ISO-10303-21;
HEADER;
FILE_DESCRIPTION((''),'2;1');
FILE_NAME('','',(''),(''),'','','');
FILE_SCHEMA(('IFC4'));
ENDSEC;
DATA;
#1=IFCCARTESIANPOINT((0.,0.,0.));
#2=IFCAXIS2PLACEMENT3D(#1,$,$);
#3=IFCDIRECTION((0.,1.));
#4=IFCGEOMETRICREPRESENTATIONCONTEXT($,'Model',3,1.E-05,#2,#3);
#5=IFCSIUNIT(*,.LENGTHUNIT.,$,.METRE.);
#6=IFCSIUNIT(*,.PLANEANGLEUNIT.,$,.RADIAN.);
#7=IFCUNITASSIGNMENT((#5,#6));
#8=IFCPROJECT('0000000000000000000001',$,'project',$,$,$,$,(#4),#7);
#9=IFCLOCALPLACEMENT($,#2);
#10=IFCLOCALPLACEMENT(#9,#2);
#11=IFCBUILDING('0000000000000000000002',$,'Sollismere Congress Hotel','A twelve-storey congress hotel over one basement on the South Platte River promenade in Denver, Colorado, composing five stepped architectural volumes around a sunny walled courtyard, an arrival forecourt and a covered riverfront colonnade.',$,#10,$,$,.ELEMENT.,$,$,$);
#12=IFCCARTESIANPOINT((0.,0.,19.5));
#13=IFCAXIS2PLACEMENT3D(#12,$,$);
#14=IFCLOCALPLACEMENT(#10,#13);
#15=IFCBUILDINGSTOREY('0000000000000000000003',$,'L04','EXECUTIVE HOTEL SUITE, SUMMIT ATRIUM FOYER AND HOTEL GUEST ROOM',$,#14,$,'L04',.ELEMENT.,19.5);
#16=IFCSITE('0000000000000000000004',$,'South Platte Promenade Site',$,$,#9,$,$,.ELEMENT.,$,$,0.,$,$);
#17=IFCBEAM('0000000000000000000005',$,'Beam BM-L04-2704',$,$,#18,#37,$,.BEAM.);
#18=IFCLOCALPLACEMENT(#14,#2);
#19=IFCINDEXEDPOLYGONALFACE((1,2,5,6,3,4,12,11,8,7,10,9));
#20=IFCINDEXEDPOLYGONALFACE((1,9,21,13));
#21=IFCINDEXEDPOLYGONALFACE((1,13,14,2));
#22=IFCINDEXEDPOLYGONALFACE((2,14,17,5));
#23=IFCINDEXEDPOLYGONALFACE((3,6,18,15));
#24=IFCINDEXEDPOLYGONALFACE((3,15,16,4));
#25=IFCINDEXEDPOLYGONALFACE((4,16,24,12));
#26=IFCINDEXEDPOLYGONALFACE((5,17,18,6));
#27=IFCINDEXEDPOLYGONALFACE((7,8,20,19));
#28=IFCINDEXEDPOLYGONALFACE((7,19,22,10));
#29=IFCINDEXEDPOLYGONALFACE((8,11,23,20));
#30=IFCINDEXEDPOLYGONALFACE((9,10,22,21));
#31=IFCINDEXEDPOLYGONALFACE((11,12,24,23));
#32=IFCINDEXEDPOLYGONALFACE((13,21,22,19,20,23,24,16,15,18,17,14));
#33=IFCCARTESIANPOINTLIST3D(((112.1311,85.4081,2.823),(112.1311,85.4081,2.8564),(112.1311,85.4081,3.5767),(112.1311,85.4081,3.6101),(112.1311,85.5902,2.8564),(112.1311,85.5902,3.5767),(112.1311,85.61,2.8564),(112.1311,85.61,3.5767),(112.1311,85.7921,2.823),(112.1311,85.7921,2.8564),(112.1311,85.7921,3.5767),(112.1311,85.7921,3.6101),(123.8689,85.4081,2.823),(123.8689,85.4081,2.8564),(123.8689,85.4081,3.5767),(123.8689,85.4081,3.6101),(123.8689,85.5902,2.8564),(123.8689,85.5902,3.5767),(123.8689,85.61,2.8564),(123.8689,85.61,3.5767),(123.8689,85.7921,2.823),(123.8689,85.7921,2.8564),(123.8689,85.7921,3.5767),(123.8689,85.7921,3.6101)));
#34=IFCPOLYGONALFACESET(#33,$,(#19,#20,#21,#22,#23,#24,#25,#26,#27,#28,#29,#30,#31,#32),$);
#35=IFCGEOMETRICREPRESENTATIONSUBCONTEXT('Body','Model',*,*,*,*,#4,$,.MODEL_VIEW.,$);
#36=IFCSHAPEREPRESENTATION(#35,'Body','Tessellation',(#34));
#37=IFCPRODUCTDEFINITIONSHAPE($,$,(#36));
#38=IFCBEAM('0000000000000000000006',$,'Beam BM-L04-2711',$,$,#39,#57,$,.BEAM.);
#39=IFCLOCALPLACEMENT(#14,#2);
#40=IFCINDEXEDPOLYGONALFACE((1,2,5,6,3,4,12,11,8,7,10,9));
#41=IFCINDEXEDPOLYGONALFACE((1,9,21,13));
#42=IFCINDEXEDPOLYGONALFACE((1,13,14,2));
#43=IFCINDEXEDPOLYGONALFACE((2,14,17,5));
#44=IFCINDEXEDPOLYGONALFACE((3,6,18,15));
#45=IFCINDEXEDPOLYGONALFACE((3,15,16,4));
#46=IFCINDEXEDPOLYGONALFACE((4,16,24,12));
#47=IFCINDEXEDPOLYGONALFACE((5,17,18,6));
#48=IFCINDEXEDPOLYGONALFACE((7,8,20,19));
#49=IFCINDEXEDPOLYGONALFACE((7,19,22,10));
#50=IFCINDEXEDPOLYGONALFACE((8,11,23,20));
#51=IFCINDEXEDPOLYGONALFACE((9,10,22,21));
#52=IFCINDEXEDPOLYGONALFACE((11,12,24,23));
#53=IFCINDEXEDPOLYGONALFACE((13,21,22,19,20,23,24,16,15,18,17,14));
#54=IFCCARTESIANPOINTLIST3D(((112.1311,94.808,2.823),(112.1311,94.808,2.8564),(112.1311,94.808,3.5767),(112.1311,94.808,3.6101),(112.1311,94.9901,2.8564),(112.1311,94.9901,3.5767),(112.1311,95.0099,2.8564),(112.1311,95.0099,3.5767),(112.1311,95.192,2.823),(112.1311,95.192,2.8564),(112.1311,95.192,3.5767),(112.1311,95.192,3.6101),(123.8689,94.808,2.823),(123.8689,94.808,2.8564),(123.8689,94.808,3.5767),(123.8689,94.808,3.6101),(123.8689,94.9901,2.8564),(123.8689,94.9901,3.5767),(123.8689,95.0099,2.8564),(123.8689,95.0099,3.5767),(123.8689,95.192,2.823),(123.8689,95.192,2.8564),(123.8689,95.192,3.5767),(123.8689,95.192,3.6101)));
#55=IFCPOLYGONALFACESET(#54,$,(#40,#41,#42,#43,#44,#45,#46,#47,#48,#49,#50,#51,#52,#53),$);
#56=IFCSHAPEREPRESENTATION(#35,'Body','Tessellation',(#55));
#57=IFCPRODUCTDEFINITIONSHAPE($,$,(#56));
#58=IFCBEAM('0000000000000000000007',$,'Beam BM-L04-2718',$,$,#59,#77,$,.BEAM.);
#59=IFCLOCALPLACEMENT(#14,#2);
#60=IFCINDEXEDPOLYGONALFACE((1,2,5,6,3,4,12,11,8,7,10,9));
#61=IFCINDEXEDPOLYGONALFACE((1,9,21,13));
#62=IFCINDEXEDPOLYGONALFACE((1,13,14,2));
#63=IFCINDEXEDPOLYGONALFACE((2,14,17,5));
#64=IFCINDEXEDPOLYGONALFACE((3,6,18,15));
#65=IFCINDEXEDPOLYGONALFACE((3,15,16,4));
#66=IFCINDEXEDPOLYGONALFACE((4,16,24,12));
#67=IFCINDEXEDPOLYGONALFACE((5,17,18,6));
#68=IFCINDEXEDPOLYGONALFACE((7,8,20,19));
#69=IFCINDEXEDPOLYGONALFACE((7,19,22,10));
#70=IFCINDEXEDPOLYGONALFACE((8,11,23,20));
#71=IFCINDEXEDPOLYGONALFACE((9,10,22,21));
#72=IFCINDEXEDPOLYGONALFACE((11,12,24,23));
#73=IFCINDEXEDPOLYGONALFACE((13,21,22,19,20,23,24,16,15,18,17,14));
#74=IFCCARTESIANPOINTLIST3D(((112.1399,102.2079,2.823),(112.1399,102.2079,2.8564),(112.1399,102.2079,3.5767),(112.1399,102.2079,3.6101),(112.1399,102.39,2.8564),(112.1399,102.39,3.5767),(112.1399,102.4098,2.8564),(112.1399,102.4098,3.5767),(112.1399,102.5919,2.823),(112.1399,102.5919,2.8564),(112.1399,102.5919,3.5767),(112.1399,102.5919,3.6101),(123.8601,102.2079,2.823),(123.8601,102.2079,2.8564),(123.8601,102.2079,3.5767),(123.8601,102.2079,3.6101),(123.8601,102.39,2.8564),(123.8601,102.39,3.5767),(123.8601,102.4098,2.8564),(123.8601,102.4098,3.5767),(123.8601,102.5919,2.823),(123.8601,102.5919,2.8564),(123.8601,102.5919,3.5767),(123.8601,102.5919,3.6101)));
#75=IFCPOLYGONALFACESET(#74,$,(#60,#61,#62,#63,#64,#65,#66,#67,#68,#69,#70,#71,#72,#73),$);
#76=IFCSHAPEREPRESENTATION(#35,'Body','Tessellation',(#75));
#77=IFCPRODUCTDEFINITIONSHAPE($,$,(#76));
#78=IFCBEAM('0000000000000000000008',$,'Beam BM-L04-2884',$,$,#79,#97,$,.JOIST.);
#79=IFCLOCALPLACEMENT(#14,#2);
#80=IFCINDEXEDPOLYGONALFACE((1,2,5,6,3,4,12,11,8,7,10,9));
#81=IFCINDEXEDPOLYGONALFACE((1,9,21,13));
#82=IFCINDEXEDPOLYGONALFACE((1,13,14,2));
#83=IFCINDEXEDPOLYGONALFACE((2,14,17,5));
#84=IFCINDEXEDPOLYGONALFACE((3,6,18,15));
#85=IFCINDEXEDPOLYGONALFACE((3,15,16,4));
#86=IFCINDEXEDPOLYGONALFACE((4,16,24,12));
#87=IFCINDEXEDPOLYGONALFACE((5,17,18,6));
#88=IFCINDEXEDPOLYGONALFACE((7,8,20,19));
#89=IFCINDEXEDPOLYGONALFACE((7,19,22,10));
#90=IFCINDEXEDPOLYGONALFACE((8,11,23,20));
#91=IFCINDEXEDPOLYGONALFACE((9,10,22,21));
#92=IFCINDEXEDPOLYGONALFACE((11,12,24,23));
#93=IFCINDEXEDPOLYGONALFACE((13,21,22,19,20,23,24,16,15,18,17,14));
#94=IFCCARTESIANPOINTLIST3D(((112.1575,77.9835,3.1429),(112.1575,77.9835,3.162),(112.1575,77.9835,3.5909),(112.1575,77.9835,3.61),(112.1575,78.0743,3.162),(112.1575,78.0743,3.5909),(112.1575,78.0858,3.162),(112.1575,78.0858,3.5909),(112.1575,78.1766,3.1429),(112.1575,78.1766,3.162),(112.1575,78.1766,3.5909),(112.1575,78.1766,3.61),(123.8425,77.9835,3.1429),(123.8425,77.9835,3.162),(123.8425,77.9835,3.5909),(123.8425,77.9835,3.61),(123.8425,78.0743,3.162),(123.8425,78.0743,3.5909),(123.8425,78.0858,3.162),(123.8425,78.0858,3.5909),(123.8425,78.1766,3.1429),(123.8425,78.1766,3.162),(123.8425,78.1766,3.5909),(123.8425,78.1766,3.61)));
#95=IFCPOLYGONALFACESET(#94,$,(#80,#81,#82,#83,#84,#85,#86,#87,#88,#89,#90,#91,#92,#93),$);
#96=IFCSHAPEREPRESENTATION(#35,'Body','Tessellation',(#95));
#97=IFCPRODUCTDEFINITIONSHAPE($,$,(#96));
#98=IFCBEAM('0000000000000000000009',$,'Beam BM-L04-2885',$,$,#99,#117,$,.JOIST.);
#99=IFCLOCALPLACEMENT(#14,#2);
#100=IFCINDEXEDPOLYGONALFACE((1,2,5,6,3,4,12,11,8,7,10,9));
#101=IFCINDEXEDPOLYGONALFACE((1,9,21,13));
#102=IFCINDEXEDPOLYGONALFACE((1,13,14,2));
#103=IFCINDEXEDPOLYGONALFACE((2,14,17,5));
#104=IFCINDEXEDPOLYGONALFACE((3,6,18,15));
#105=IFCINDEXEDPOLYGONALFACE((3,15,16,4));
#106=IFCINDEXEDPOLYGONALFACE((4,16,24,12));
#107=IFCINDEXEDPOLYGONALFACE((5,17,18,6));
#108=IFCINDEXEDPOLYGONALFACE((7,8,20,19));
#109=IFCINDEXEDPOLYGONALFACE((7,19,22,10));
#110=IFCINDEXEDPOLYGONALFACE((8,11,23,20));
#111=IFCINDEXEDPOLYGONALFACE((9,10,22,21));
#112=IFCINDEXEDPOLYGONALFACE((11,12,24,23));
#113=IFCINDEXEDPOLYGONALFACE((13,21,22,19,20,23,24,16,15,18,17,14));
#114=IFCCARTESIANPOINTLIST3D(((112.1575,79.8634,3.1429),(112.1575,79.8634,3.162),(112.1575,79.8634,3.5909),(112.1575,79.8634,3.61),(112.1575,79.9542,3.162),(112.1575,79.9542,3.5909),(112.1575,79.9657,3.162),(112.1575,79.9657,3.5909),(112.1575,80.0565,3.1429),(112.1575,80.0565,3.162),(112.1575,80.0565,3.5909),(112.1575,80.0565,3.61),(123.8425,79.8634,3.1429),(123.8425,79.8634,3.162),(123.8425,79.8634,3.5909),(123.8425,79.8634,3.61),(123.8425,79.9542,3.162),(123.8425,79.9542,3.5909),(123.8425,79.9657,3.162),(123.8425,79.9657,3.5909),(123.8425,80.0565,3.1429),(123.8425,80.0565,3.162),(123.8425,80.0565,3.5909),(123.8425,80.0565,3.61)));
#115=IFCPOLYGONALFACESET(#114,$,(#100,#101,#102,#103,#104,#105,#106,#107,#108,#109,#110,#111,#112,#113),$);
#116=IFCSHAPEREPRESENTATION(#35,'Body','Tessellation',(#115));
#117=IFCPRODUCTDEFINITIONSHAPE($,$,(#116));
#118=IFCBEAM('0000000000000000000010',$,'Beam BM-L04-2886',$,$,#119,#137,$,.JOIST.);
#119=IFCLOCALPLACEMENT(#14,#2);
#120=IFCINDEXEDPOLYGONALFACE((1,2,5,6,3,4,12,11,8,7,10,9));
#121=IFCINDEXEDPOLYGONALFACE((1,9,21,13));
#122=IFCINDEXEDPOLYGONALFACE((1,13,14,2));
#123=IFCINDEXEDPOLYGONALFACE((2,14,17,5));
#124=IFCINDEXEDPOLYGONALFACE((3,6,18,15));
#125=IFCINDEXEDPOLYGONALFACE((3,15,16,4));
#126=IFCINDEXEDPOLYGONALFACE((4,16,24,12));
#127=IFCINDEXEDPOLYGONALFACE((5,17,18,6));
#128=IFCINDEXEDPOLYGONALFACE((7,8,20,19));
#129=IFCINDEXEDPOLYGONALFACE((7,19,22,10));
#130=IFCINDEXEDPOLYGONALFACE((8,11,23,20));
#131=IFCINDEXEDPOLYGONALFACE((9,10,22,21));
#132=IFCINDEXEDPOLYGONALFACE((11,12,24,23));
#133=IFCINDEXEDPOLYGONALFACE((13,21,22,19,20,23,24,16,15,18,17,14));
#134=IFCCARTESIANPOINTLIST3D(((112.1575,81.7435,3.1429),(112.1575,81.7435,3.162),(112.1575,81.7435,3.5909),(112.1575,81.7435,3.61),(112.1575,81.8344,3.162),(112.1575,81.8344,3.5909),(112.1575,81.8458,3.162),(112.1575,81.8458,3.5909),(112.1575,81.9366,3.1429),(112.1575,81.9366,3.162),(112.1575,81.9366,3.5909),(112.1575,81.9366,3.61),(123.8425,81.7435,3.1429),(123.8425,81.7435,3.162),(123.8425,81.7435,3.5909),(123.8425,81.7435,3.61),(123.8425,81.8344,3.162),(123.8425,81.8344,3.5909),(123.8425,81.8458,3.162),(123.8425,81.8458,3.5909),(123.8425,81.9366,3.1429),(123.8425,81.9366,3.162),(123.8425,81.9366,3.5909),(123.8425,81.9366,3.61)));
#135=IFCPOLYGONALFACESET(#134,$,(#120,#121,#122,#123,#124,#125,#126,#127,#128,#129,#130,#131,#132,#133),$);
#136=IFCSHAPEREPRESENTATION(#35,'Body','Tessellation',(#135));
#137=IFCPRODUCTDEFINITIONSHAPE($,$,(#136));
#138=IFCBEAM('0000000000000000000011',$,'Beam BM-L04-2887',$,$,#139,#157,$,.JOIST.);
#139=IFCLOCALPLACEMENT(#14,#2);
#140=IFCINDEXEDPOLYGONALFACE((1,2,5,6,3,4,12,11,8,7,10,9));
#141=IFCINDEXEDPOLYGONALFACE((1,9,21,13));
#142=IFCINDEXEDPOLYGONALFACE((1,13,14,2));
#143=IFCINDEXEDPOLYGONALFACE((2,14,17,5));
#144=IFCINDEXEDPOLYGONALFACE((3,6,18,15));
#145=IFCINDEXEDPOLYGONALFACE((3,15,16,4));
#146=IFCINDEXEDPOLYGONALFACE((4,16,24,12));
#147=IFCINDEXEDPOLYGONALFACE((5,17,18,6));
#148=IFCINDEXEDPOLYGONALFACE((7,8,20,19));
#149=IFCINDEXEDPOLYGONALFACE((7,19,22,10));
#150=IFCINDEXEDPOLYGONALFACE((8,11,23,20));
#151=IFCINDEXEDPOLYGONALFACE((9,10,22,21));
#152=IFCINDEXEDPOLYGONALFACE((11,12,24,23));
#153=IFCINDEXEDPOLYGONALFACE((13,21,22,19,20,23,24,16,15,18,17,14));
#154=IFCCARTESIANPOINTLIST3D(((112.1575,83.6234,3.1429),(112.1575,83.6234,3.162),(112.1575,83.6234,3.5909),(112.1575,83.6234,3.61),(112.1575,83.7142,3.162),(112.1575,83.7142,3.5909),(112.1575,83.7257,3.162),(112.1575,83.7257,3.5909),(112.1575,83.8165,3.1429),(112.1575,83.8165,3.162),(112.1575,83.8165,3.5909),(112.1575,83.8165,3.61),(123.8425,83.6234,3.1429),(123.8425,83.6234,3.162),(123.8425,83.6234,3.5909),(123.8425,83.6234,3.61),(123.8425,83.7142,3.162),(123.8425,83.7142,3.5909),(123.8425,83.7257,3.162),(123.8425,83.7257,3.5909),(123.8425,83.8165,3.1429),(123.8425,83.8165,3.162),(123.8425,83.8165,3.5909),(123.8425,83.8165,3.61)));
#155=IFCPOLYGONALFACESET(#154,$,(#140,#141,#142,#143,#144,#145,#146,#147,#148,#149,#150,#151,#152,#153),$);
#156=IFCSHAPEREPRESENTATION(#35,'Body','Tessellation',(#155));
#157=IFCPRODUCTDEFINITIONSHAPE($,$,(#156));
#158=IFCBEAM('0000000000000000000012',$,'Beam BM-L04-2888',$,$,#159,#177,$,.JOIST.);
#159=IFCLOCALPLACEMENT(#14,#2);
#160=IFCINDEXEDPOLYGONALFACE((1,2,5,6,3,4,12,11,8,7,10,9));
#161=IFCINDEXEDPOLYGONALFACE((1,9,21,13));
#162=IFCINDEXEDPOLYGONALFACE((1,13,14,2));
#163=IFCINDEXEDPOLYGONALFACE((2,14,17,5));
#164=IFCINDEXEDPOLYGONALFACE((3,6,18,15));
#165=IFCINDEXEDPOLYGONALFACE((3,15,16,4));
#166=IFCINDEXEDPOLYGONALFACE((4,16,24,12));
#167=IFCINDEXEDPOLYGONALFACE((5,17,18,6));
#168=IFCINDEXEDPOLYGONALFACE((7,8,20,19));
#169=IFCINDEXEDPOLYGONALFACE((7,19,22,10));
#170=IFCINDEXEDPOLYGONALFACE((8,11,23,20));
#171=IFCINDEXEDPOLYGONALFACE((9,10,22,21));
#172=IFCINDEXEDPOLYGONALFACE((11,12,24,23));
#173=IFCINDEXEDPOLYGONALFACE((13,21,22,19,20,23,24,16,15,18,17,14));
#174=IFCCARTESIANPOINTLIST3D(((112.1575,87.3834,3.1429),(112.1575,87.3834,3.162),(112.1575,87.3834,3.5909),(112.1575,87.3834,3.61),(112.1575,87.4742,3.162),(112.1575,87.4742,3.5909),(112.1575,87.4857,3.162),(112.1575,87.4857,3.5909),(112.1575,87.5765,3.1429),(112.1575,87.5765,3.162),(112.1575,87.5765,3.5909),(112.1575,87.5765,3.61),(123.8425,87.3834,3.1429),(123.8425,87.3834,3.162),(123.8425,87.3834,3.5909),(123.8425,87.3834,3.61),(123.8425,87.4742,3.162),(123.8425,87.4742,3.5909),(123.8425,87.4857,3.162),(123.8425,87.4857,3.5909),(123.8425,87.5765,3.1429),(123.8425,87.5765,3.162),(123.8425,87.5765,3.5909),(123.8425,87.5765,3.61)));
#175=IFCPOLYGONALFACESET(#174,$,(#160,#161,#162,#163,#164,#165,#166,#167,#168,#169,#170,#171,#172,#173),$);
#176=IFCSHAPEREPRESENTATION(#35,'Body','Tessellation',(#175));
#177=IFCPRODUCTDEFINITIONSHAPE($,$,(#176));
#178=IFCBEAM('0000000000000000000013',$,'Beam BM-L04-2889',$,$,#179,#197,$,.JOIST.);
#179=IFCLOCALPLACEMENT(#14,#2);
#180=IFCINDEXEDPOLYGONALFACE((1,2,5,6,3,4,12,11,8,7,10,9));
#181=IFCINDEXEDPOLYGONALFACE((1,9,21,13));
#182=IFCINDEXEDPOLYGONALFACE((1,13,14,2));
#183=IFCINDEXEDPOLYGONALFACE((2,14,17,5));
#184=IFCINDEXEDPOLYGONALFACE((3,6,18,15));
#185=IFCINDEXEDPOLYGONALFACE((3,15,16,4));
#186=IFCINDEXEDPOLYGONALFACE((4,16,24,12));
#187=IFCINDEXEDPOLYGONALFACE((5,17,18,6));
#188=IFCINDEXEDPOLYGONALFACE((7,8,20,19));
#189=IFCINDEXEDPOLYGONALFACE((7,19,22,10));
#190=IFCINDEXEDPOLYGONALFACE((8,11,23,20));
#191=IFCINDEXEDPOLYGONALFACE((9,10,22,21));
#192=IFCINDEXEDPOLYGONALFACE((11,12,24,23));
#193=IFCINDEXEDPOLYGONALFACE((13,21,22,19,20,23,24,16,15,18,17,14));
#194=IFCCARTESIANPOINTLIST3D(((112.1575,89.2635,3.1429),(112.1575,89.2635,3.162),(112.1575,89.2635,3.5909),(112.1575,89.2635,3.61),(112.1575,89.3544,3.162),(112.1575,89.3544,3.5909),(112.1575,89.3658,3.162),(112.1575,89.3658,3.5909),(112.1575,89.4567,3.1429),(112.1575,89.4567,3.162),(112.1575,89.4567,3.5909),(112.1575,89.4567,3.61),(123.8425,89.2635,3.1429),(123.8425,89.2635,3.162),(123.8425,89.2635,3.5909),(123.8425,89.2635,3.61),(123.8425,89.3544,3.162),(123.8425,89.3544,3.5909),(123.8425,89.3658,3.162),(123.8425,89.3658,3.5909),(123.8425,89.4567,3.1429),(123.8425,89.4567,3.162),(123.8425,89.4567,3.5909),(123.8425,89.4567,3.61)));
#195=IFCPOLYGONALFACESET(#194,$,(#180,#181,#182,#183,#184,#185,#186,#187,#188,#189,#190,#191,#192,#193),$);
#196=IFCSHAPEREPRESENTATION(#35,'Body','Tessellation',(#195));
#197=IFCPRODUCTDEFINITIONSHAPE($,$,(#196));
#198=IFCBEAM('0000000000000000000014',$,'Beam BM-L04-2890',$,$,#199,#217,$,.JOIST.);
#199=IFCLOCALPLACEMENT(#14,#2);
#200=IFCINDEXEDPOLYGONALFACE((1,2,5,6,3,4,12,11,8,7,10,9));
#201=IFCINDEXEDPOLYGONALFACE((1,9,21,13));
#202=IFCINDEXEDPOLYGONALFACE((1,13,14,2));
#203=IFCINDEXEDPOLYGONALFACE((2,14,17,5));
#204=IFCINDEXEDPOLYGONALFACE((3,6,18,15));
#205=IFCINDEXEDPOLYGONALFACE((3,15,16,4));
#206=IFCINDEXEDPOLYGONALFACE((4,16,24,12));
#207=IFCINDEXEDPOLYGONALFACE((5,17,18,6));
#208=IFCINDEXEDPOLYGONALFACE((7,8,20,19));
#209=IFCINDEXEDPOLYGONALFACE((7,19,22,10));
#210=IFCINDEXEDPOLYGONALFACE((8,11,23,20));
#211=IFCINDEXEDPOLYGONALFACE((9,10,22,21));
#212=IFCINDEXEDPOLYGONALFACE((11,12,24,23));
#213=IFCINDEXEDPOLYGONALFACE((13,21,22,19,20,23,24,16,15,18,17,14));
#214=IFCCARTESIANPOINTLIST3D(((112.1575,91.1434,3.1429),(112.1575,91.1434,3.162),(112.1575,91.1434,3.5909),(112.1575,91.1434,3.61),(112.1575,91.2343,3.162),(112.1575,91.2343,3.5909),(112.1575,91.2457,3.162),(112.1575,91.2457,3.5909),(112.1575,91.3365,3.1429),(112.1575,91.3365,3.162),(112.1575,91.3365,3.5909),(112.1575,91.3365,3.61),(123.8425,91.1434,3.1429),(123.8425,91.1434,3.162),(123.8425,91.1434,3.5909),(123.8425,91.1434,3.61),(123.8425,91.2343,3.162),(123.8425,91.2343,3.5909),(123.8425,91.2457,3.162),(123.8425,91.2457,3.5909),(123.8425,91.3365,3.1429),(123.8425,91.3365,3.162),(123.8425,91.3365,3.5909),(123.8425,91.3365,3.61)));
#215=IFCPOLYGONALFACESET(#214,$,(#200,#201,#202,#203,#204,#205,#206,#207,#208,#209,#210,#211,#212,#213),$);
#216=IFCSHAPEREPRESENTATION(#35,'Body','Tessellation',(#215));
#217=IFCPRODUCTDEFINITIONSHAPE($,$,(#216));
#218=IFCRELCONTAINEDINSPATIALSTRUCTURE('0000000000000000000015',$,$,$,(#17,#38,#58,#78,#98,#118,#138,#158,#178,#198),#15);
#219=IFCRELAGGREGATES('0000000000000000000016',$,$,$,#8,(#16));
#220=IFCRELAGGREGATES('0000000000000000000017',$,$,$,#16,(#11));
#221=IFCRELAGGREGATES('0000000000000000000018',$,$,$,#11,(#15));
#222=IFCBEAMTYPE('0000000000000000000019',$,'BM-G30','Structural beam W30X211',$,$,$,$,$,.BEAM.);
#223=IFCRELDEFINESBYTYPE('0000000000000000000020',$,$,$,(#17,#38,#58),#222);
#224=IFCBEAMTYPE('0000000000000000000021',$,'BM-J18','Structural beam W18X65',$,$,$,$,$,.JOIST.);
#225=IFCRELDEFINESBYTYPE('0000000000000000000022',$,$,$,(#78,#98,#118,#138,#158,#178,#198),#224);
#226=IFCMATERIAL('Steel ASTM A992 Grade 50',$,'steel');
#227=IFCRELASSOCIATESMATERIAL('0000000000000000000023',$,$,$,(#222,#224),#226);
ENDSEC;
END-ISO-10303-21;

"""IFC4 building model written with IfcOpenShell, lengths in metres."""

from ifc_helpers import new_model, si_unit, direction, frame, origin, origin_2d, place, context, subcontext, project, spatial, i_section, extrude, material, material_profile, profile_set, type_object, element, save


model = new_model("IFC4")

# Units and contexts
model_context = context("Model", 3, precision=1e-05, world=origin(), true_north=direction((0.0, 1.0)))
body_context = subcontext(model_context, "Body", "Model", "MODEL_VIEW")
ifc_project = project(units=[si_unit("LENGTHUNIT", "METRE"), si_unit("PLANEANGLEUNIT", "RADIAN")], contexts=[model_context])

# Site, building, storey
site_placement = place(None, origin())
site = spatial("IfcSite", under=ifc_project, at=site_placement, Name="South Platte Promenade Site", CompositionType="ELEMENT", RefElevation=0.0)
building_placement = place(site_placement, origin())
building = spatial("IfcBuilding", under=site, at=building_placement, Name="Sollismere Congress Hotel", Description="A twelve-storey congress hotel over one basement on the South Platte River promenade in Denver, Colorado, composing five stepped architectural volumes around a sunny walled courtyard, an arrival forecourt and a covered riverfront colonnade.", CompositionType="ELEMENT")
storey_placement = place(building_placement, frame((0.0, 0.0, 19.5)))
storey = spatial("IfcBuildingStorey", under=building, at=storey_placement, Name="L04", Description="EXECUTIVE HOTEL SUITE, SUMMIT ATRIUM FOYER AND HOTEL GUEST ROOM", LongName="L04", CompositionType="ELEMENT", Elevation=19.5)

# Shared definitions
ifc_material_1 = material(Name="Steel ASTM A992 Grade 50", Category="steel")

# Beams
ifc_material_profile_1 = material_profile(ifc_material_1, i_section(OverallWidth=0.384, OverallDepth=0.7871, WebThickness=0.0198, FlangeThickness=0.0334, at=origin_2d()), Name="W30X211")
ifc_profile_set_1 = profile_set([ifc_material_profile_1], Name="Steel ASTM A992 Grade 50")
beam_type_1 = type_object("IfcBeamType", Name="BM-G30", Description="Structural beam W30X211", PredefinedType="BEAM", material=ifc_profile_set_1)
for number, where, z_axis, x_axis, name in (
    (1, (112.1311, 85.6001, 3.2166), (1.0, 0.0, 0.0), (0.0, 1.0, 0.0), "Beam BM-L04-2704"),
    (2, (112.1311, 95.0, 3.2166), (1.0, 0.0, 0.0), (0.0, 1.0, 0.0), "Beam BM-L04-2711"),
):
    element("IfcBeam", number, at=place(storey_placement, frame(where, z_axis=z_axis, x_axis=x_axis)), inside=storey, type_object=beam_type_1, Name=name, PredefinedType="BEAM", context=body_context, shape_type="SweptSolid", body=[
        extrude(i_section(OverallWidth=0.384, OverallDepth=0.7871, WebThickness=0.0198, FlangeThickness=0.0334, at=origin_2d()), origin(), (0.0, 0.0, 1.0), 11.7378),
    ])
beam_1_placement = place(storey_placement, frame((112.1399, 102.3999, 3.2166), z_axis=(1.0, 0.0, 0.0), x_axis=(0.0, 1.0, 0.0)))
element("IfcBeam", 3, at=beam_1_placement, inside=storey, type_object=beam_type_1, Name="Beam BM-L04-2718", PredefinedType="BEAM", context=body_context, shape_type="SweptSolid", body=[
    extrude(i_section(OverallWidth=0.384, OverallDepth=0.7871, WebThickness=0.0198, FlangeThickness=0.0334, at=origin_2d()), origin(), (0.0, 0.0, 1.0), 11.7202),
])
ifc_material_profile_2 = material_profile(ifc_material_1, i_section(OverallWidth=0.1931, OverallDepth=0.467, WebThickness=0.0115, FlangeThickness=0.019, at=origin_2d()), Name="W18X65")
ifc_profile_set_2 = profile_set([ifc_material_profile_2], Name="Steel ASTM A992 Grade 50")
beam_type_2 = type_object("IfcBeamType", Name="BM-J18", Description="Structural beam W18X65", PredefinedType="JOIST", material=ifc_profile_set_2)
for number, where, z_axis, x_axis, name in (
    (4, (112.1575, 78.0801, 3.3765), (1.0, 0.0, 0.0), (0.0, 1.0, 0.0), "Beam BM-L04-2884"),
    (5, (112.1575, 79.96, 3.3765), (1.0, 0.0, 0.0), (0.0, 1.0, 0.0), "Beam BM-L04-2885"),
    (6, (112.1575, 81.8401, 3.3765), (1.0, 0.0, 0.0), (0.0, 1.0, 0.0), "Beam BM-L04-2886"),
    (7, (112.1575, 83.72, 3.3765), (1.0, 0.0, 0.0), (0.0, 1.0, 0.0), "Beam BM-L04-2887"),
    (8, (112.1575, 87.48, 3.3765), (1.0, 0.0, 0.0), (0.0, 1.0, 0.0), "Beam BM-L04-2888"),
    (9, (112.1575, 89.3601, 3.3765), (1.0, 0.0, 0.0), (0.0, 1.0, 0.0), "Beam BM-L04-2889"),
    (10, (112.1575, 91.24, 3.3765), (1.0, 0.0, 0.0), (0.0, 1.0, 0.0), "Beam BM-L04-2890"),
):
    element("IfcBeam", number, at=place(storey_placement, frame(where, z_axis=z_axis, x_axis=x_axis)), inside=storey, type_object=beam_type_2, Name=name, PredefinedType="JOIST", context=body_context, shape_type="SweptSolid", body=[
        extrude(i_section(OverallWidth=0.1931, OverallDepth=0.467, WebThickness=0.0115, FlangeThickness=0.019, at=origin_2d()), origin(), (0.0, 0.0, 1.0), 11.6851),
    ])

save(model, "model.ifc")
